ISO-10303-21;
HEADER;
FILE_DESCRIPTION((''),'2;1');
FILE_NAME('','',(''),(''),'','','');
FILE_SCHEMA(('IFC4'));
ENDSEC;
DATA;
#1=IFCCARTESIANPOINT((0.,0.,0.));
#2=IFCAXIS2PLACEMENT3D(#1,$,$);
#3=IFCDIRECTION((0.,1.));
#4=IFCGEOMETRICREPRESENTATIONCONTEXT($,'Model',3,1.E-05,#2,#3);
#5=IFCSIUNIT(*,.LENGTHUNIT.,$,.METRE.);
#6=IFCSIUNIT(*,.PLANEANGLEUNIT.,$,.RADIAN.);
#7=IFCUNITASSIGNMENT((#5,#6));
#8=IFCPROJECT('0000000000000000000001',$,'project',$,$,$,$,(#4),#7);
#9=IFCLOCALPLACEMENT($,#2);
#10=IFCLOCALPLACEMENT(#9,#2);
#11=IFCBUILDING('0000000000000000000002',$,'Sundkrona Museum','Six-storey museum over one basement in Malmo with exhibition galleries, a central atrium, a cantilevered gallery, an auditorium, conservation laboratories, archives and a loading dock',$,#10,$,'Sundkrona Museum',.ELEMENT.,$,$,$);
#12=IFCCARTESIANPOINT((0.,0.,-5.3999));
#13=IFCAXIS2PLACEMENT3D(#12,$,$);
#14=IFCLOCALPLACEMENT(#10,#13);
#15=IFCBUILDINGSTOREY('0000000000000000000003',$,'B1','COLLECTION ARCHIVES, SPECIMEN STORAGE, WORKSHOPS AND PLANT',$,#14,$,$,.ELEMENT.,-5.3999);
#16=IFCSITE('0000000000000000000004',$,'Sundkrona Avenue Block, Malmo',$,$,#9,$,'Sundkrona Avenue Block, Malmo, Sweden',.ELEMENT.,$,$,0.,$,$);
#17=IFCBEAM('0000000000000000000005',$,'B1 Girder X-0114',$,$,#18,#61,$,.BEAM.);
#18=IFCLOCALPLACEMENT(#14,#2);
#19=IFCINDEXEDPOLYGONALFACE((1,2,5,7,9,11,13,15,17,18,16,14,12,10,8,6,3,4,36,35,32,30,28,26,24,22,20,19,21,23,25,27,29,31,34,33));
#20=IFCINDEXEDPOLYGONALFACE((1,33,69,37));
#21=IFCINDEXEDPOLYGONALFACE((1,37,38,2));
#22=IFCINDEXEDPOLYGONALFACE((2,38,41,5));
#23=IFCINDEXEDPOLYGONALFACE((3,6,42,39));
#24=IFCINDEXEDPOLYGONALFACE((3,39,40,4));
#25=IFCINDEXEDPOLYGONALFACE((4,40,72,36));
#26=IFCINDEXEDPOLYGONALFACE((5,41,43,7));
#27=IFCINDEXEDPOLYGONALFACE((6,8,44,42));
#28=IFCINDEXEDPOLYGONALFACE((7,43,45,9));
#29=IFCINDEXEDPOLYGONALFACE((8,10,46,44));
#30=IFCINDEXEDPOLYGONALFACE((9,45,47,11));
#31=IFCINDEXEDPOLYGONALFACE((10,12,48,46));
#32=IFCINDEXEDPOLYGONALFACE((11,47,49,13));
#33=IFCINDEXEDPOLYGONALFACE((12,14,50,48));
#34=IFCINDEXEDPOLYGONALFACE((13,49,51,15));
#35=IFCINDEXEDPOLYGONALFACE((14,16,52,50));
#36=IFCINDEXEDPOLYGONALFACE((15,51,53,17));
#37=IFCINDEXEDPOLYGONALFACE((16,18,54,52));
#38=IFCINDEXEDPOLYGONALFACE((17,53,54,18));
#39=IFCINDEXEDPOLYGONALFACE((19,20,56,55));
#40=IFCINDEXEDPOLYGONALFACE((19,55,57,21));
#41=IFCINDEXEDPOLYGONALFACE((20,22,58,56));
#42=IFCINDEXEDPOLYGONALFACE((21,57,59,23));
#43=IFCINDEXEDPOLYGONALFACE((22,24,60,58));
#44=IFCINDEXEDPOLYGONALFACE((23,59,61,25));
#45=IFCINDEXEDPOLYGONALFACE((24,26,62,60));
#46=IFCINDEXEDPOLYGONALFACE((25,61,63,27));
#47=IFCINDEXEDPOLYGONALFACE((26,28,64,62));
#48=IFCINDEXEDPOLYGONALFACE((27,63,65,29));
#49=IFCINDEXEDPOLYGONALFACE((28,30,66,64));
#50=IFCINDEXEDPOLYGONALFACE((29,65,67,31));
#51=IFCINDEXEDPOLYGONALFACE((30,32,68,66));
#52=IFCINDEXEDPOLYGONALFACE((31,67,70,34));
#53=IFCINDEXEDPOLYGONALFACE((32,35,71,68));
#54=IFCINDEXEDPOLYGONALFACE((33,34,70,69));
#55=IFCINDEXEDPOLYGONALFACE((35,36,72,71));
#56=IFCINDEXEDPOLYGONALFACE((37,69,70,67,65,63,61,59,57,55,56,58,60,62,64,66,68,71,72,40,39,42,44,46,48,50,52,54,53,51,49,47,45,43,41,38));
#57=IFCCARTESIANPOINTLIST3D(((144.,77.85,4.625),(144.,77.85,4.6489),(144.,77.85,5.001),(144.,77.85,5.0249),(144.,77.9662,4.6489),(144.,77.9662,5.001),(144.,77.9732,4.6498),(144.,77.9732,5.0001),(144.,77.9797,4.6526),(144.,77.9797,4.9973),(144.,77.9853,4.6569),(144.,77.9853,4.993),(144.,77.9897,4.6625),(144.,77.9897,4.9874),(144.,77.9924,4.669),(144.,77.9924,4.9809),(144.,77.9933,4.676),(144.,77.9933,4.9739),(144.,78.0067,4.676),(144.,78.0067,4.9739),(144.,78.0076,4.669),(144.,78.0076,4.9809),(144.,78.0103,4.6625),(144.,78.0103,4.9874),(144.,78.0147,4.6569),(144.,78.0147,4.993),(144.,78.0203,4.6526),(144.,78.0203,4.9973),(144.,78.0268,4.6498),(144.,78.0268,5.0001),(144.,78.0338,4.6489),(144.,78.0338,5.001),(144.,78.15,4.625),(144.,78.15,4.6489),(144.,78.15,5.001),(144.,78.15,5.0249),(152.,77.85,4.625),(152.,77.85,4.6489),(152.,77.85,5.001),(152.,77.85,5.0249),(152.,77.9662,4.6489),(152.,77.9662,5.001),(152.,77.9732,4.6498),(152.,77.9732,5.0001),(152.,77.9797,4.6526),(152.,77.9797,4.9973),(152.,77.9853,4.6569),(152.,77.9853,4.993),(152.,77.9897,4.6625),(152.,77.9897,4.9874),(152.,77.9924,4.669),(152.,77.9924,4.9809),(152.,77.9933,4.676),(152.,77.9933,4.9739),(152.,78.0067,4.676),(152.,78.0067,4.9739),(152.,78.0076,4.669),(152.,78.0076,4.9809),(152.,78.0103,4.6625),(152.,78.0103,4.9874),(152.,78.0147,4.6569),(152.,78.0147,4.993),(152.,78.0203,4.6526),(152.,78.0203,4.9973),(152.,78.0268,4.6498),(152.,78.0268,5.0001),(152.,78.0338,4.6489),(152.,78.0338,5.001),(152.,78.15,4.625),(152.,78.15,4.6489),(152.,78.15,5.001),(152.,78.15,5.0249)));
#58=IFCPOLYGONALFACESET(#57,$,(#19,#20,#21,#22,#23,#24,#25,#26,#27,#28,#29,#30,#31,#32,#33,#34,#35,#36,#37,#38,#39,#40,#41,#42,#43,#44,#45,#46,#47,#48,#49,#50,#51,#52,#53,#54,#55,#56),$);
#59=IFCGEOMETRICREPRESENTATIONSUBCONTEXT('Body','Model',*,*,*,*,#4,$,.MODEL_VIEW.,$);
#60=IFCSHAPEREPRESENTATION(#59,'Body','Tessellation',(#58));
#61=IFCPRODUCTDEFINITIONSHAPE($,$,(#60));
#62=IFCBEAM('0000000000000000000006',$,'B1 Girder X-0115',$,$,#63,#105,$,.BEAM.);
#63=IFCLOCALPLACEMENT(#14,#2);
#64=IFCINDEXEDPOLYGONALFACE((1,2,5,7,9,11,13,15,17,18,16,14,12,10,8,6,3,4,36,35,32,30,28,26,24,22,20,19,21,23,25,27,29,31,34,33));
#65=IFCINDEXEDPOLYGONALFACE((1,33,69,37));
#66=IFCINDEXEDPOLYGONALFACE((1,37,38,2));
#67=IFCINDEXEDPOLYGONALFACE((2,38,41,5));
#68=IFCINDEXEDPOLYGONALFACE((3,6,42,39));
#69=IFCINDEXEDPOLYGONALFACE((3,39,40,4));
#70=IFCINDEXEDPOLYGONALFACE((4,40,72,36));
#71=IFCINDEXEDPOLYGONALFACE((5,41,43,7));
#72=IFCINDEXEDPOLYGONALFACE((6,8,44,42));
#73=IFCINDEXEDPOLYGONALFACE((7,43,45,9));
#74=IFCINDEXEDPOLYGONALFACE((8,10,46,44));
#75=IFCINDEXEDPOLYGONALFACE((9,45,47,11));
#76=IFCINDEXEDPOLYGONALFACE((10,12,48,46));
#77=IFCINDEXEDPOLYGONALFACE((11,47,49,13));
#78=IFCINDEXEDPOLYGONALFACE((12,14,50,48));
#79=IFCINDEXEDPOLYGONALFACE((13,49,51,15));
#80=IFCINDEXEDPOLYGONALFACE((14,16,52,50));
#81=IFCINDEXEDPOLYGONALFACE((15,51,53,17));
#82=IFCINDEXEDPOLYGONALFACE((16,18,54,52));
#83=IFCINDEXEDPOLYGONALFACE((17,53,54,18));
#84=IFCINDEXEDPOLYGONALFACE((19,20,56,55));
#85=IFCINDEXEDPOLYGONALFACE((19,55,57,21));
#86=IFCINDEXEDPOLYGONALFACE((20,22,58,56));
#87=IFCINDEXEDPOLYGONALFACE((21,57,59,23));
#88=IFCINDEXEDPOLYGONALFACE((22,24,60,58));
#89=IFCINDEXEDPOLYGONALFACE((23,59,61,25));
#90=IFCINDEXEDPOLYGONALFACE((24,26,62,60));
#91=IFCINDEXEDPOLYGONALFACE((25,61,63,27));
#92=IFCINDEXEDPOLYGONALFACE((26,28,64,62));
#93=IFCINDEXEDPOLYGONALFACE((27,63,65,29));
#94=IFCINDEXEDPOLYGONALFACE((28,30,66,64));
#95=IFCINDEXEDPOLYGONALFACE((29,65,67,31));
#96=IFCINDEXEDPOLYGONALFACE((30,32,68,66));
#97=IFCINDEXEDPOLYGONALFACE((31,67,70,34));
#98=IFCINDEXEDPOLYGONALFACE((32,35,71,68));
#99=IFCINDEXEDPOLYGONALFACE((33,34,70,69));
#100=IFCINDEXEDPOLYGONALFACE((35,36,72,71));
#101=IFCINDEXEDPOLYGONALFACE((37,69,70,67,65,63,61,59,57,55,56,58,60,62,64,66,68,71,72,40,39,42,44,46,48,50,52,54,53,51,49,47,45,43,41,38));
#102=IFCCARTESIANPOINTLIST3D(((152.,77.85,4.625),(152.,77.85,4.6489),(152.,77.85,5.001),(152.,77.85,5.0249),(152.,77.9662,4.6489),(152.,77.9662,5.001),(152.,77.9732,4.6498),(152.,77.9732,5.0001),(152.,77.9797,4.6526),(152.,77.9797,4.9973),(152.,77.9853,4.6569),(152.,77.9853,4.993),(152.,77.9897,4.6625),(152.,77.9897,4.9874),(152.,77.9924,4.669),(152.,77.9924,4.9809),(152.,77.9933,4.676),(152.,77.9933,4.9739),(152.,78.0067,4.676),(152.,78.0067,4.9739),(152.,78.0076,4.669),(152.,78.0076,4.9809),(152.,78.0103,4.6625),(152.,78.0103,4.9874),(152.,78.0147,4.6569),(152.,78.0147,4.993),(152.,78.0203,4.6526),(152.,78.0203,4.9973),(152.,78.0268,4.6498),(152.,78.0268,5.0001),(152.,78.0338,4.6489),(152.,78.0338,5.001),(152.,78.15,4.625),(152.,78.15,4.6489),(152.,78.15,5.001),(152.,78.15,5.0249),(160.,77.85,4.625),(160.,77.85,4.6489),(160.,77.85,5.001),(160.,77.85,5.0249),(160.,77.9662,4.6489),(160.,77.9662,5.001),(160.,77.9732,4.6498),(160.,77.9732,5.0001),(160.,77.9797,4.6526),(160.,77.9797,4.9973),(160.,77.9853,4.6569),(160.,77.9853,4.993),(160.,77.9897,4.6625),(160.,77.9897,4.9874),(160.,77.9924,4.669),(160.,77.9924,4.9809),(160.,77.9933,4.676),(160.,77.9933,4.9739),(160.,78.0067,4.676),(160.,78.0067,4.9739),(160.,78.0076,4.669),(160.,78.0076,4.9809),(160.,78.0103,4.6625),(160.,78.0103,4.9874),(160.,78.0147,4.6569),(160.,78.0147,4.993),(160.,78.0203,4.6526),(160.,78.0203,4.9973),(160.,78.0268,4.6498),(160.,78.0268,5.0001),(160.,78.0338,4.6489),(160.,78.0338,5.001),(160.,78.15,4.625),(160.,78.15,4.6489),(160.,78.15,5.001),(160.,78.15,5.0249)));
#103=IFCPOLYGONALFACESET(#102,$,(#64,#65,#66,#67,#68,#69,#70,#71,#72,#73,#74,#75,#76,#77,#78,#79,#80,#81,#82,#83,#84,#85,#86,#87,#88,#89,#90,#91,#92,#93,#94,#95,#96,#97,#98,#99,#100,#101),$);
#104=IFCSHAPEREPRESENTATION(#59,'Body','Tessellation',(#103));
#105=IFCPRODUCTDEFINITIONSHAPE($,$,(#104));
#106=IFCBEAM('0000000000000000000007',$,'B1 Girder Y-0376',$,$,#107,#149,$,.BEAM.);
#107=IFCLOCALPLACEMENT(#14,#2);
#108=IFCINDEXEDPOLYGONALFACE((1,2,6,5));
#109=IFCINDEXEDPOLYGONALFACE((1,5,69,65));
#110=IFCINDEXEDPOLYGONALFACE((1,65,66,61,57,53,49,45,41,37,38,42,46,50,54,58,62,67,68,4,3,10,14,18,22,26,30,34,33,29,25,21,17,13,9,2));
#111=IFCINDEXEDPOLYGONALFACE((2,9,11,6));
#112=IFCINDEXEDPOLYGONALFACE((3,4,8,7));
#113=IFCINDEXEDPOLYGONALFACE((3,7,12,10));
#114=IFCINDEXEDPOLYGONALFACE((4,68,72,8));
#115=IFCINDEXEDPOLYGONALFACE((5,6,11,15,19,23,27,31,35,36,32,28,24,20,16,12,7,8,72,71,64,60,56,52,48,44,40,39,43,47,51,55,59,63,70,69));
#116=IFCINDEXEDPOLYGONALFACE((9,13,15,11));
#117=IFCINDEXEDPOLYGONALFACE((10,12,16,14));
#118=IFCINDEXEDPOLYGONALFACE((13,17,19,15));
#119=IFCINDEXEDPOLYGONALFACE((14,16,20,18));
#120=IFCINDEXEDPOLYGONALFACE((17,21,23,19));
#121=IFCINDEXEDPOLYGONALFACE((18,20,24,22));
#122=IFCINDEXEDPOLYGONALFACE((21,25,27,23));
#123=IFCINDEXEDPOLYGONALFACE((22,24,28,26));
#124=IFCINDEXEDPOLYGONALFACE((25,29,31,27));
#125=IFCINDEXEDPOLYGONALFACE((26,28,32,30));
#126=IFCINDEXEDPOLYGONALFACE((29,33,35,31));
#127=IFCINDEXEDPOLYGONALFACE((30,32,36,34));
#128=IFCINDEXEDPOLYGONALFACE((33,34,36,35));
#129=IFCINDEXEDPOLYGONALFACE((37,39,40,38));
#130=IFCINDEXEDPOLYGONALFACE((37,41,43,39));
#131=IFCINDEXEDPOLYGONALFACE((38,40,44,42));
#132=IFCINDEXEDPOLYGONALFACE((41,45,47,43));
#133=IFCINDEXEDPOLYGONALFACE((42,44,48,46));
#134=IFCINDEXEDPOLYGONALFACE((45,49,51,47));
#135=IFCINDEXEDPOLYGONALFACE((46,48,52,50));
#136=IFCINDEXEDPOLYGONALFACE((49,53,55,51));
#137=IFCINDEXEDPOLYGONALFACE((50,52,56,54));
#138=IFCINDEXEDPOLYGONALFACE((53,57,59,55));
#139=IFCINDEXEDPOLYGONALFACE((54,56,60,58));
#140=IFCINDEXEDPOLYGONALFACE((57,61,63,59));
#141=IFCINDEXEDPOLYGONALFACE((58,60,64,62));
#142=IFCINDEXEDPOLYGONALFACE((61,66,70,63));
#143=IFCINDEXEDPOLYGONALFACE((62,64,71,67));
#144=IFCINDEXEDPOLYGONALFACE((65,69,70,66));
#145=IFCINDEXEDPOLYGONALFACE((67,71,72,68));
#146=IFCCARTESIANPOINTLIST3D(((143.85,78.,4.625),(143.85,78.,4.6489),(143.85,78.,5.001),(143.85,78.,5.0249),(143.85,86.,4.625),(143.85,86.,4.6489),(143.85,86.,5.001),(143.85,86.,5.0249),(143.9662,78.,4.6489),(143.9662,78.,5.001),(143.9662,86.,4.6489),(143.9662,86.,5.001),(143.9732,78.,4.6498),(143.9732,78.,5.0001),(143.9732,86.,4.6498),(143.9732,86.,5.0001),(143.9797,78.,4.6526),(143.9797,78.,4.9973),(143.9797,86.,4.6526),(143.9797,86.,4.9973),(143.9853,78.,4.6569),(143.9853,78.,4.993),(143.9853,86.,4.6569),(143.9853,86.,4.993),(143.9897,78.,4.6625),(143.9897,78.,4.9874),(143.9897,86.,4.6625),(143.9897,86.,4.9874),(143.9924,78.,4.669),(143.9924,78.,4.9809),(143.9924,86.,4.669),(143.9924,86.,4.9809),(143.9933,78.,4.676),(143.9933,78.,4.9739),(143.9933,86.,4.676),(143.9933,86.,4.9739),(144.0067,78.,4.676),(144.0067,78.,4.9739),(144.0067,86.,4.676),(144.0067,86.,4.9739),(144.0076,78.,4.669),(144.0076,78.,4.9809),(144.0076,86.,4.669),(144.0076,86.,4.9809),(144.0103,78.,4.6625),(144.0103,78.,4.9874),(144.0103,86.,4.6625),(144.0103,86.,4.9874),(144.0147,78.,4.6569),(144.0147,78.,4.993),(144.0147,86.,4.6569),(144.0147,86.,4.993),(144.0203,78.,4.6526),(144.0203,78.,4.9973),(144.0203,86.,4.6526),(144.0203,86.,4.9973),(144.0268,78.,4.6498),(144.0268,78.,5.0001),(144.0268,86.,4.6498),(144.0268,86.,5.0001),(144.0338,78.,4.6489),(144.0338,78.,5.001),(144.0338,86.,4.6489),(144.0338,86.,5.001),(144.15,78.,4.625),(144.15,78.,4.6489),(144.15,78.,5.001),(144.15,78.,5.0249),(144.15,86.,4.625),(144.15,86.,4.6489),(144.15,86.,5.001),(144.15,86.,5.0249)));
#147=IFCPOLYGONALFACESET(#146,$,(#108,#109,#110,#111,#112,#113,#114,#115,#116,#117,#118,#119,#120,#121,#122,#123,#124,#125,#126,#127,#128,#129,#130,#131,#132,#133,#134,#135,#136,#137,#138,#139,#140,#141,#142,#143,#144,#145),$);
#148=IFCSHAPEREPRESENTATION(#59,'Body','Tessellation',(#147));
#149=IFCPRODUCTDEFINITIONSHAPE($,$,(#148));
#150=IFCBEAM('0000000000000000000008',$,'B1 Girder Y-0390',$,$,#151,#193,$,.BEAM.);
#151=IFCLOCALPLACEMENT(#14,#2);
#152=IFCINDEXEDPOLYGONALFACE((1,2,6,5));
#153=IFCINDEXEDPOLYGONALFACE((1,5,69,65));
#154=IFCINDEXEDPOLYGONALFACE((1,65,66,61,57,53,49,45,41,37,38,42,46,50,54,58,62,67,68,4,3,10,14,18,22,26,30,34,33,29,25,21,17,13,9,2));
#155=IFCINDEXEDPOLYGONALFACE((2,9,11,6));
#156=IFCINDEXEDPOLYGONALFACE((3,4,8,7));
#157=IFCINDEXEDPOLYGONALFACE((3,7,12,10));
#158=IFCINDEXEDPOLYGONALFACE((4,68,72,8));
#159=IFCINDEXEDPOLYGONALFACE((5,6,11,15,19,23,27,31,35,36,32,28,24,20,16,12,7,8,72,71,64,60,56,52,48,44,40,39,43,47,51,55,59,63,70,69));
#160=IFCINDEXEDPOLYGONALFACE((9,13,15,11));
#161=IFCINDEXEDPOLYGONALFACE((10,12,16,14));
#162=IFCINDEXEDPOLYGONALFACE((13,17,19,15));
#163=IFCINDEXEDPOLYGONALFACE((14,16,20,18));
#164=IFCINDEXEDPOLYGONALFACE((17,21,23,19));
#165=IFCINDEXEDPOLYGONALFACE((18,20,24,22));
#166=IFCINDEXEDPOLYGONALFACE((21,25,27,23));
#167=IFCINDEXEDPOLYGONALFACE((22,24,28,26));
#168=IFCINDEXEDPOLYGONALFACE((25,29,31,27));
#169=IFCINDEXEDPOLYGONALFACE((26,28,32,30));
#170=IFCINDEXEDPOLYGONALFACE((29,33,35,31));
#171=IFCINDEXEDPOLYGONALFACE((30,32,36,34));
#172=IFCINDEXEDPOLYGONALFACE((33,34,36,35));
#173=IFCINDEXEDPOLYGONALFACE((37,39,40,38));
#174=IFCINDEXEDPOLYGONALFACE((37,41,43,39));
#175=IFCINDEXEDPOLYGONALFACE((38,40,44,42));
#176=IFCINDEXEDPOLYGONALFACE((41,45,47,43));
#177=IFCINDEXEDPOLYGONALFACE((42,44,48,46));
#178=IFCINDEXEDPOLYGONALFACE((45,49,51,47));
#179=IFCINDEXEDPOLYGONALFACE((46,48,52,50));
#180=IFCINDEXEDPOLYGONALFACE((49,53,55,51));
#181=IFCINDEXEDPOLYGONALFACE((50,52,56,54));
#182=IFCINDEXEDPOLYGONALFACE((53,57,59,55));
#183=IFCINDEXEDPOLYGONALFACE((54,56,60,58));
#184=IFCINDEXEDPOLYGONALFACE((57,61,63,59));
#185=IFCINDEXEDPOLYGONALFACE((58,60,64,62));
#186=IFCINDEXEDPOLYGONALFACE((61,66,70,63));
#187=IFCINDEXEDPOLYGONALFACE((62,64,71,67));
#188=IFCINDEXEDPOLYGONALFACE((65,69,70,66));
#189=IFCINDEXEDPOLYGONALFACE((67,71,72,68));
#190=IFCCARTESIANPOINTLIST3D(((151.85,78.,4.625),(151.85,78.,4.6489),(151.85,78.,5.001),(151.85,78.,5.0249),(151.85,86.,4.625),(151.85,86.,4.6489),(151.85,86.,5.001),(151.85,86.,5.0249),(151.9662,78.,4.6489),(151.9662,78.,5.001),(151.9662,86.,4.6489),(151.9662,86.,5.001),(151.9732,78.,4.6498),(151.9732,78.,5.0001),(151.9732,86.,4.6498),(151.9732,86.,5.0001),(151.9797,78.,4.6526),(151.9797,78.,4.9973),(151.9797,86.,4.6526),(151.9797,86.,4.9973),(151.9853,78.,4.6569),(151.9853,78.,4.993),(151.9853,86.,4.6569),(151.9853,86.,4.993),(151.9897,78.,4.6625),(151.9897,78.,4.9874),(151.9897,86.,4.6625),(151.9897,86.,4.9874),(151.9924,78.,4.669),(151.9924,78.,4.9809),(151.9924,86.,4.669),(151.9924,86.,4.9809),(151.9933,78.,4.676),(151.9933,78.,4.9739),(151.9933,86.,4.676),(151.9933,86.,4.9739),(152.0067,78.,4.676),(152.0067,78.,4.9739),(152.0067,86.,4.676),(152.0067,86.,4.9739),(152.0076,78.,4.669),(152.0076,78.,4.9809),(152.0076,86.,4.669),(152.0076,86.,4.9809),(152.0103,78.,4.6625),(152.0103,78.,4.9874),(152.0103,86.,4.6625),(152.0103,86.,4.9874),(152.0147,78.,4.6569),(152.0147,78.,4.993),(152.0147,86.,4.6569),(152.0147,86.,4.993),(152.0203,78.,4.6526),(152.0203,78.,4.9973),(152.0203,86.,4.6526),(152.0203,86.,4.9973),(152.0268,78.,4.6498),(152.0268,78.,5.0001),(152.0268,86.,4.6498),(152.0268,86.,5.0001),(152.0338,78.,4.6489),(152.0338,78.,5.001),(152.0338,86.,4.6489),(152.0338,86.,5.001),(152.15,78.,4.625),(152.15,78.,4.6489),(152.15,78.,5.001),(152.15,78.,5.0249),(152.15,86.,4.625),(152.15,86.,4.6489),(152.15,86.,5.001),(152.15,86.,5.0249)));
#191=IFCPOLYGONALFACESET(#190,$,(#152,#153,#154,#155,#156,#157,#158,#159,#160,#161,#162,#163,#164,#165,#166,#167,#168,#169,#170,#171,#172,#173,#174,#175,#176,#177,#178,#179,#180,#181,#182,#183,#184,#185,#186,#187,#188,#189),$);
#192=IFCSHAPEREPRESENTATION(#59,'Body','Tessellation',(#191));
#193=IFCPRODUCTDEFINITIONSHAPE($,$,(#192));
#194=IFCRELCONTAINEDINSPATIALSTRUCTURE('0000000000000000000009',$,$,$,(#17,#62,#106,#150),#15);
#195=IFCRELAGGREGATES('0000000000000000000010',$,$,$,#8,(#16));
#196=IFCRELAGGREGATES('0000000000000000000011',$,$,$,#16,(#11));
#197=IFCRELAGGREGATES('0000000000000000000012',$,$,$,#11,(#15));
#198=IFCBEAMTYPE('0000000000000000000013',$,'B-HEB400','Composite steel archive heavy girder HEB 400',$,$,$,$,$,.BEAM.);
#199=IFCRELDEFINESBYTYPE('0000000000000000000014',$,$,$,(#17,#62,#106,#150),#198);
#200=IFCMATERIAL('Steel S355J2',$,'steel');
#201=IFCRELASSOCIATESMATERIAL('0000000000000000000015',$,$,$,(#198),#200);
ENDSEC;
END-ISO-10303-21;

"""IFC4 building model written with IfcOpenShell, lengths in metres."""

from ifc_helpers import new_model, si_unit, direction, frame, origin, origin_2d, place, context, subcontext, project, spatial, i_section, extrude, material, material_profile, profile_set, type_object, element, save


model = new_model("IFC4")

# Units and contexts
model_context = context("Model", 3, precision=1e-05, world=origin(), true_north=direction((0.0, 1.0)))
body_context = subcontext(model_context, "Body", "Model", "MODEL_VIEW")
ifc_project = project(units=[si_unit("LENGTHUNIT", "METRE"), si_unit("PLANEANGLEUNIT", "RADIAN")], contexts=[model_context])

# Site, building, storey
site_placement = place(None, origin())
site = spatial("IfcSite", under=ifc_project, at=site_placement, Name="Sundkrona Avenue Block, Malmo", LongName="Sundkrona Avenue Block, Malmo, Sweden", CompositionType="ELEMENT", RefElevation=0.0)
building_placement = place(site_placement, origin())
building = spatial("IfcBuilding", under=site, at=building_placement, Name="Sundkrona Museum", Description="Six-storey museum over one basement in Malmo with exhibition galleries, a central atrium, a cantilevered gallery, an auditorium, conservation laboratories, archives and a loading dock", LongName="Sundkrona Museum", CompositionType="ELEMENT")
storey_placement = place(building_placement, frame((0.0, 0.0, -5.3999)))
storey = spatial("IfcBuildingStorey", under=building, at=storey_placement, Name="B1", Description="COLLECTION ARCHIVES, SPECIMEN STORAGE, WORKSHOPS AND PLANT", CompositionType="ELEMENT", Elevation=-5.3999)

# Beams
ifc_material_1 = material(Name="Steel S355J2", Category="steel")
ifc_material_profile_1 = material_profile(ifc_material_1, i_section(OverallWidth=0.3, OverallDepth=0.3999, WebThickness=0.0134, FlangeThickness=0.0239, FilletRadius=0.0271, at=origin_2d()), Name="HEB 400")
ifc_profile_set_1 = profile_set([ifc_material_profile_1], Name="Steel S355J2")
beam_type_1 = type_object("IfcBeamType", Name="B-HEB400", Description="Composite steel archive heavy girder HEB 400", PredefinedType="BEAM", material=ifc_profile_set_1)
for number, where, z_axis, x_axis, name in (
    (1, (144.0, 78.0, 4.825), (1.0, 0.0, 0.0), (0.0, 1.0, 0.0), "B1 Girder X-0114"),
    (2, (152.0, 78.0, 4.825), (1.0, 0.0, 0.0), (0.0, 1.0, 0.0), "B1 Girder X-0115"),
    (3, (144.0, 78.0, 4.825), (0.0, 1.0, 0.0), (-1.0, 0.0, 0.0), "B1 Girder Y-0376"),
    (4, (152.0, 78.0, 4.825), (0.0, 1.0, 0.0), (-1.0, 0.0, 0.0), "B1 Girder Y-0390"),
):
    element("IfcBeam", number, at=place(storey_placement, frame(where, z_axis=z_axis, x_axis=x_axis)), inside=storey, type_object=beam_type_1, Name=name, PredefinedType="BEAM", context=body_context, shape_type="SweptSolid", body=[
        extrude(i_section(OverallWidth=0.3, OverallDepth=0.3999, WebThickness=0.0134, FlangeThickness=0.0239, FilletRadius=0.0271, at=origin_2d()), origin(), (0.0, 0.0, 1.0), 8.0),
    ])

save(model, "model.ifc")
